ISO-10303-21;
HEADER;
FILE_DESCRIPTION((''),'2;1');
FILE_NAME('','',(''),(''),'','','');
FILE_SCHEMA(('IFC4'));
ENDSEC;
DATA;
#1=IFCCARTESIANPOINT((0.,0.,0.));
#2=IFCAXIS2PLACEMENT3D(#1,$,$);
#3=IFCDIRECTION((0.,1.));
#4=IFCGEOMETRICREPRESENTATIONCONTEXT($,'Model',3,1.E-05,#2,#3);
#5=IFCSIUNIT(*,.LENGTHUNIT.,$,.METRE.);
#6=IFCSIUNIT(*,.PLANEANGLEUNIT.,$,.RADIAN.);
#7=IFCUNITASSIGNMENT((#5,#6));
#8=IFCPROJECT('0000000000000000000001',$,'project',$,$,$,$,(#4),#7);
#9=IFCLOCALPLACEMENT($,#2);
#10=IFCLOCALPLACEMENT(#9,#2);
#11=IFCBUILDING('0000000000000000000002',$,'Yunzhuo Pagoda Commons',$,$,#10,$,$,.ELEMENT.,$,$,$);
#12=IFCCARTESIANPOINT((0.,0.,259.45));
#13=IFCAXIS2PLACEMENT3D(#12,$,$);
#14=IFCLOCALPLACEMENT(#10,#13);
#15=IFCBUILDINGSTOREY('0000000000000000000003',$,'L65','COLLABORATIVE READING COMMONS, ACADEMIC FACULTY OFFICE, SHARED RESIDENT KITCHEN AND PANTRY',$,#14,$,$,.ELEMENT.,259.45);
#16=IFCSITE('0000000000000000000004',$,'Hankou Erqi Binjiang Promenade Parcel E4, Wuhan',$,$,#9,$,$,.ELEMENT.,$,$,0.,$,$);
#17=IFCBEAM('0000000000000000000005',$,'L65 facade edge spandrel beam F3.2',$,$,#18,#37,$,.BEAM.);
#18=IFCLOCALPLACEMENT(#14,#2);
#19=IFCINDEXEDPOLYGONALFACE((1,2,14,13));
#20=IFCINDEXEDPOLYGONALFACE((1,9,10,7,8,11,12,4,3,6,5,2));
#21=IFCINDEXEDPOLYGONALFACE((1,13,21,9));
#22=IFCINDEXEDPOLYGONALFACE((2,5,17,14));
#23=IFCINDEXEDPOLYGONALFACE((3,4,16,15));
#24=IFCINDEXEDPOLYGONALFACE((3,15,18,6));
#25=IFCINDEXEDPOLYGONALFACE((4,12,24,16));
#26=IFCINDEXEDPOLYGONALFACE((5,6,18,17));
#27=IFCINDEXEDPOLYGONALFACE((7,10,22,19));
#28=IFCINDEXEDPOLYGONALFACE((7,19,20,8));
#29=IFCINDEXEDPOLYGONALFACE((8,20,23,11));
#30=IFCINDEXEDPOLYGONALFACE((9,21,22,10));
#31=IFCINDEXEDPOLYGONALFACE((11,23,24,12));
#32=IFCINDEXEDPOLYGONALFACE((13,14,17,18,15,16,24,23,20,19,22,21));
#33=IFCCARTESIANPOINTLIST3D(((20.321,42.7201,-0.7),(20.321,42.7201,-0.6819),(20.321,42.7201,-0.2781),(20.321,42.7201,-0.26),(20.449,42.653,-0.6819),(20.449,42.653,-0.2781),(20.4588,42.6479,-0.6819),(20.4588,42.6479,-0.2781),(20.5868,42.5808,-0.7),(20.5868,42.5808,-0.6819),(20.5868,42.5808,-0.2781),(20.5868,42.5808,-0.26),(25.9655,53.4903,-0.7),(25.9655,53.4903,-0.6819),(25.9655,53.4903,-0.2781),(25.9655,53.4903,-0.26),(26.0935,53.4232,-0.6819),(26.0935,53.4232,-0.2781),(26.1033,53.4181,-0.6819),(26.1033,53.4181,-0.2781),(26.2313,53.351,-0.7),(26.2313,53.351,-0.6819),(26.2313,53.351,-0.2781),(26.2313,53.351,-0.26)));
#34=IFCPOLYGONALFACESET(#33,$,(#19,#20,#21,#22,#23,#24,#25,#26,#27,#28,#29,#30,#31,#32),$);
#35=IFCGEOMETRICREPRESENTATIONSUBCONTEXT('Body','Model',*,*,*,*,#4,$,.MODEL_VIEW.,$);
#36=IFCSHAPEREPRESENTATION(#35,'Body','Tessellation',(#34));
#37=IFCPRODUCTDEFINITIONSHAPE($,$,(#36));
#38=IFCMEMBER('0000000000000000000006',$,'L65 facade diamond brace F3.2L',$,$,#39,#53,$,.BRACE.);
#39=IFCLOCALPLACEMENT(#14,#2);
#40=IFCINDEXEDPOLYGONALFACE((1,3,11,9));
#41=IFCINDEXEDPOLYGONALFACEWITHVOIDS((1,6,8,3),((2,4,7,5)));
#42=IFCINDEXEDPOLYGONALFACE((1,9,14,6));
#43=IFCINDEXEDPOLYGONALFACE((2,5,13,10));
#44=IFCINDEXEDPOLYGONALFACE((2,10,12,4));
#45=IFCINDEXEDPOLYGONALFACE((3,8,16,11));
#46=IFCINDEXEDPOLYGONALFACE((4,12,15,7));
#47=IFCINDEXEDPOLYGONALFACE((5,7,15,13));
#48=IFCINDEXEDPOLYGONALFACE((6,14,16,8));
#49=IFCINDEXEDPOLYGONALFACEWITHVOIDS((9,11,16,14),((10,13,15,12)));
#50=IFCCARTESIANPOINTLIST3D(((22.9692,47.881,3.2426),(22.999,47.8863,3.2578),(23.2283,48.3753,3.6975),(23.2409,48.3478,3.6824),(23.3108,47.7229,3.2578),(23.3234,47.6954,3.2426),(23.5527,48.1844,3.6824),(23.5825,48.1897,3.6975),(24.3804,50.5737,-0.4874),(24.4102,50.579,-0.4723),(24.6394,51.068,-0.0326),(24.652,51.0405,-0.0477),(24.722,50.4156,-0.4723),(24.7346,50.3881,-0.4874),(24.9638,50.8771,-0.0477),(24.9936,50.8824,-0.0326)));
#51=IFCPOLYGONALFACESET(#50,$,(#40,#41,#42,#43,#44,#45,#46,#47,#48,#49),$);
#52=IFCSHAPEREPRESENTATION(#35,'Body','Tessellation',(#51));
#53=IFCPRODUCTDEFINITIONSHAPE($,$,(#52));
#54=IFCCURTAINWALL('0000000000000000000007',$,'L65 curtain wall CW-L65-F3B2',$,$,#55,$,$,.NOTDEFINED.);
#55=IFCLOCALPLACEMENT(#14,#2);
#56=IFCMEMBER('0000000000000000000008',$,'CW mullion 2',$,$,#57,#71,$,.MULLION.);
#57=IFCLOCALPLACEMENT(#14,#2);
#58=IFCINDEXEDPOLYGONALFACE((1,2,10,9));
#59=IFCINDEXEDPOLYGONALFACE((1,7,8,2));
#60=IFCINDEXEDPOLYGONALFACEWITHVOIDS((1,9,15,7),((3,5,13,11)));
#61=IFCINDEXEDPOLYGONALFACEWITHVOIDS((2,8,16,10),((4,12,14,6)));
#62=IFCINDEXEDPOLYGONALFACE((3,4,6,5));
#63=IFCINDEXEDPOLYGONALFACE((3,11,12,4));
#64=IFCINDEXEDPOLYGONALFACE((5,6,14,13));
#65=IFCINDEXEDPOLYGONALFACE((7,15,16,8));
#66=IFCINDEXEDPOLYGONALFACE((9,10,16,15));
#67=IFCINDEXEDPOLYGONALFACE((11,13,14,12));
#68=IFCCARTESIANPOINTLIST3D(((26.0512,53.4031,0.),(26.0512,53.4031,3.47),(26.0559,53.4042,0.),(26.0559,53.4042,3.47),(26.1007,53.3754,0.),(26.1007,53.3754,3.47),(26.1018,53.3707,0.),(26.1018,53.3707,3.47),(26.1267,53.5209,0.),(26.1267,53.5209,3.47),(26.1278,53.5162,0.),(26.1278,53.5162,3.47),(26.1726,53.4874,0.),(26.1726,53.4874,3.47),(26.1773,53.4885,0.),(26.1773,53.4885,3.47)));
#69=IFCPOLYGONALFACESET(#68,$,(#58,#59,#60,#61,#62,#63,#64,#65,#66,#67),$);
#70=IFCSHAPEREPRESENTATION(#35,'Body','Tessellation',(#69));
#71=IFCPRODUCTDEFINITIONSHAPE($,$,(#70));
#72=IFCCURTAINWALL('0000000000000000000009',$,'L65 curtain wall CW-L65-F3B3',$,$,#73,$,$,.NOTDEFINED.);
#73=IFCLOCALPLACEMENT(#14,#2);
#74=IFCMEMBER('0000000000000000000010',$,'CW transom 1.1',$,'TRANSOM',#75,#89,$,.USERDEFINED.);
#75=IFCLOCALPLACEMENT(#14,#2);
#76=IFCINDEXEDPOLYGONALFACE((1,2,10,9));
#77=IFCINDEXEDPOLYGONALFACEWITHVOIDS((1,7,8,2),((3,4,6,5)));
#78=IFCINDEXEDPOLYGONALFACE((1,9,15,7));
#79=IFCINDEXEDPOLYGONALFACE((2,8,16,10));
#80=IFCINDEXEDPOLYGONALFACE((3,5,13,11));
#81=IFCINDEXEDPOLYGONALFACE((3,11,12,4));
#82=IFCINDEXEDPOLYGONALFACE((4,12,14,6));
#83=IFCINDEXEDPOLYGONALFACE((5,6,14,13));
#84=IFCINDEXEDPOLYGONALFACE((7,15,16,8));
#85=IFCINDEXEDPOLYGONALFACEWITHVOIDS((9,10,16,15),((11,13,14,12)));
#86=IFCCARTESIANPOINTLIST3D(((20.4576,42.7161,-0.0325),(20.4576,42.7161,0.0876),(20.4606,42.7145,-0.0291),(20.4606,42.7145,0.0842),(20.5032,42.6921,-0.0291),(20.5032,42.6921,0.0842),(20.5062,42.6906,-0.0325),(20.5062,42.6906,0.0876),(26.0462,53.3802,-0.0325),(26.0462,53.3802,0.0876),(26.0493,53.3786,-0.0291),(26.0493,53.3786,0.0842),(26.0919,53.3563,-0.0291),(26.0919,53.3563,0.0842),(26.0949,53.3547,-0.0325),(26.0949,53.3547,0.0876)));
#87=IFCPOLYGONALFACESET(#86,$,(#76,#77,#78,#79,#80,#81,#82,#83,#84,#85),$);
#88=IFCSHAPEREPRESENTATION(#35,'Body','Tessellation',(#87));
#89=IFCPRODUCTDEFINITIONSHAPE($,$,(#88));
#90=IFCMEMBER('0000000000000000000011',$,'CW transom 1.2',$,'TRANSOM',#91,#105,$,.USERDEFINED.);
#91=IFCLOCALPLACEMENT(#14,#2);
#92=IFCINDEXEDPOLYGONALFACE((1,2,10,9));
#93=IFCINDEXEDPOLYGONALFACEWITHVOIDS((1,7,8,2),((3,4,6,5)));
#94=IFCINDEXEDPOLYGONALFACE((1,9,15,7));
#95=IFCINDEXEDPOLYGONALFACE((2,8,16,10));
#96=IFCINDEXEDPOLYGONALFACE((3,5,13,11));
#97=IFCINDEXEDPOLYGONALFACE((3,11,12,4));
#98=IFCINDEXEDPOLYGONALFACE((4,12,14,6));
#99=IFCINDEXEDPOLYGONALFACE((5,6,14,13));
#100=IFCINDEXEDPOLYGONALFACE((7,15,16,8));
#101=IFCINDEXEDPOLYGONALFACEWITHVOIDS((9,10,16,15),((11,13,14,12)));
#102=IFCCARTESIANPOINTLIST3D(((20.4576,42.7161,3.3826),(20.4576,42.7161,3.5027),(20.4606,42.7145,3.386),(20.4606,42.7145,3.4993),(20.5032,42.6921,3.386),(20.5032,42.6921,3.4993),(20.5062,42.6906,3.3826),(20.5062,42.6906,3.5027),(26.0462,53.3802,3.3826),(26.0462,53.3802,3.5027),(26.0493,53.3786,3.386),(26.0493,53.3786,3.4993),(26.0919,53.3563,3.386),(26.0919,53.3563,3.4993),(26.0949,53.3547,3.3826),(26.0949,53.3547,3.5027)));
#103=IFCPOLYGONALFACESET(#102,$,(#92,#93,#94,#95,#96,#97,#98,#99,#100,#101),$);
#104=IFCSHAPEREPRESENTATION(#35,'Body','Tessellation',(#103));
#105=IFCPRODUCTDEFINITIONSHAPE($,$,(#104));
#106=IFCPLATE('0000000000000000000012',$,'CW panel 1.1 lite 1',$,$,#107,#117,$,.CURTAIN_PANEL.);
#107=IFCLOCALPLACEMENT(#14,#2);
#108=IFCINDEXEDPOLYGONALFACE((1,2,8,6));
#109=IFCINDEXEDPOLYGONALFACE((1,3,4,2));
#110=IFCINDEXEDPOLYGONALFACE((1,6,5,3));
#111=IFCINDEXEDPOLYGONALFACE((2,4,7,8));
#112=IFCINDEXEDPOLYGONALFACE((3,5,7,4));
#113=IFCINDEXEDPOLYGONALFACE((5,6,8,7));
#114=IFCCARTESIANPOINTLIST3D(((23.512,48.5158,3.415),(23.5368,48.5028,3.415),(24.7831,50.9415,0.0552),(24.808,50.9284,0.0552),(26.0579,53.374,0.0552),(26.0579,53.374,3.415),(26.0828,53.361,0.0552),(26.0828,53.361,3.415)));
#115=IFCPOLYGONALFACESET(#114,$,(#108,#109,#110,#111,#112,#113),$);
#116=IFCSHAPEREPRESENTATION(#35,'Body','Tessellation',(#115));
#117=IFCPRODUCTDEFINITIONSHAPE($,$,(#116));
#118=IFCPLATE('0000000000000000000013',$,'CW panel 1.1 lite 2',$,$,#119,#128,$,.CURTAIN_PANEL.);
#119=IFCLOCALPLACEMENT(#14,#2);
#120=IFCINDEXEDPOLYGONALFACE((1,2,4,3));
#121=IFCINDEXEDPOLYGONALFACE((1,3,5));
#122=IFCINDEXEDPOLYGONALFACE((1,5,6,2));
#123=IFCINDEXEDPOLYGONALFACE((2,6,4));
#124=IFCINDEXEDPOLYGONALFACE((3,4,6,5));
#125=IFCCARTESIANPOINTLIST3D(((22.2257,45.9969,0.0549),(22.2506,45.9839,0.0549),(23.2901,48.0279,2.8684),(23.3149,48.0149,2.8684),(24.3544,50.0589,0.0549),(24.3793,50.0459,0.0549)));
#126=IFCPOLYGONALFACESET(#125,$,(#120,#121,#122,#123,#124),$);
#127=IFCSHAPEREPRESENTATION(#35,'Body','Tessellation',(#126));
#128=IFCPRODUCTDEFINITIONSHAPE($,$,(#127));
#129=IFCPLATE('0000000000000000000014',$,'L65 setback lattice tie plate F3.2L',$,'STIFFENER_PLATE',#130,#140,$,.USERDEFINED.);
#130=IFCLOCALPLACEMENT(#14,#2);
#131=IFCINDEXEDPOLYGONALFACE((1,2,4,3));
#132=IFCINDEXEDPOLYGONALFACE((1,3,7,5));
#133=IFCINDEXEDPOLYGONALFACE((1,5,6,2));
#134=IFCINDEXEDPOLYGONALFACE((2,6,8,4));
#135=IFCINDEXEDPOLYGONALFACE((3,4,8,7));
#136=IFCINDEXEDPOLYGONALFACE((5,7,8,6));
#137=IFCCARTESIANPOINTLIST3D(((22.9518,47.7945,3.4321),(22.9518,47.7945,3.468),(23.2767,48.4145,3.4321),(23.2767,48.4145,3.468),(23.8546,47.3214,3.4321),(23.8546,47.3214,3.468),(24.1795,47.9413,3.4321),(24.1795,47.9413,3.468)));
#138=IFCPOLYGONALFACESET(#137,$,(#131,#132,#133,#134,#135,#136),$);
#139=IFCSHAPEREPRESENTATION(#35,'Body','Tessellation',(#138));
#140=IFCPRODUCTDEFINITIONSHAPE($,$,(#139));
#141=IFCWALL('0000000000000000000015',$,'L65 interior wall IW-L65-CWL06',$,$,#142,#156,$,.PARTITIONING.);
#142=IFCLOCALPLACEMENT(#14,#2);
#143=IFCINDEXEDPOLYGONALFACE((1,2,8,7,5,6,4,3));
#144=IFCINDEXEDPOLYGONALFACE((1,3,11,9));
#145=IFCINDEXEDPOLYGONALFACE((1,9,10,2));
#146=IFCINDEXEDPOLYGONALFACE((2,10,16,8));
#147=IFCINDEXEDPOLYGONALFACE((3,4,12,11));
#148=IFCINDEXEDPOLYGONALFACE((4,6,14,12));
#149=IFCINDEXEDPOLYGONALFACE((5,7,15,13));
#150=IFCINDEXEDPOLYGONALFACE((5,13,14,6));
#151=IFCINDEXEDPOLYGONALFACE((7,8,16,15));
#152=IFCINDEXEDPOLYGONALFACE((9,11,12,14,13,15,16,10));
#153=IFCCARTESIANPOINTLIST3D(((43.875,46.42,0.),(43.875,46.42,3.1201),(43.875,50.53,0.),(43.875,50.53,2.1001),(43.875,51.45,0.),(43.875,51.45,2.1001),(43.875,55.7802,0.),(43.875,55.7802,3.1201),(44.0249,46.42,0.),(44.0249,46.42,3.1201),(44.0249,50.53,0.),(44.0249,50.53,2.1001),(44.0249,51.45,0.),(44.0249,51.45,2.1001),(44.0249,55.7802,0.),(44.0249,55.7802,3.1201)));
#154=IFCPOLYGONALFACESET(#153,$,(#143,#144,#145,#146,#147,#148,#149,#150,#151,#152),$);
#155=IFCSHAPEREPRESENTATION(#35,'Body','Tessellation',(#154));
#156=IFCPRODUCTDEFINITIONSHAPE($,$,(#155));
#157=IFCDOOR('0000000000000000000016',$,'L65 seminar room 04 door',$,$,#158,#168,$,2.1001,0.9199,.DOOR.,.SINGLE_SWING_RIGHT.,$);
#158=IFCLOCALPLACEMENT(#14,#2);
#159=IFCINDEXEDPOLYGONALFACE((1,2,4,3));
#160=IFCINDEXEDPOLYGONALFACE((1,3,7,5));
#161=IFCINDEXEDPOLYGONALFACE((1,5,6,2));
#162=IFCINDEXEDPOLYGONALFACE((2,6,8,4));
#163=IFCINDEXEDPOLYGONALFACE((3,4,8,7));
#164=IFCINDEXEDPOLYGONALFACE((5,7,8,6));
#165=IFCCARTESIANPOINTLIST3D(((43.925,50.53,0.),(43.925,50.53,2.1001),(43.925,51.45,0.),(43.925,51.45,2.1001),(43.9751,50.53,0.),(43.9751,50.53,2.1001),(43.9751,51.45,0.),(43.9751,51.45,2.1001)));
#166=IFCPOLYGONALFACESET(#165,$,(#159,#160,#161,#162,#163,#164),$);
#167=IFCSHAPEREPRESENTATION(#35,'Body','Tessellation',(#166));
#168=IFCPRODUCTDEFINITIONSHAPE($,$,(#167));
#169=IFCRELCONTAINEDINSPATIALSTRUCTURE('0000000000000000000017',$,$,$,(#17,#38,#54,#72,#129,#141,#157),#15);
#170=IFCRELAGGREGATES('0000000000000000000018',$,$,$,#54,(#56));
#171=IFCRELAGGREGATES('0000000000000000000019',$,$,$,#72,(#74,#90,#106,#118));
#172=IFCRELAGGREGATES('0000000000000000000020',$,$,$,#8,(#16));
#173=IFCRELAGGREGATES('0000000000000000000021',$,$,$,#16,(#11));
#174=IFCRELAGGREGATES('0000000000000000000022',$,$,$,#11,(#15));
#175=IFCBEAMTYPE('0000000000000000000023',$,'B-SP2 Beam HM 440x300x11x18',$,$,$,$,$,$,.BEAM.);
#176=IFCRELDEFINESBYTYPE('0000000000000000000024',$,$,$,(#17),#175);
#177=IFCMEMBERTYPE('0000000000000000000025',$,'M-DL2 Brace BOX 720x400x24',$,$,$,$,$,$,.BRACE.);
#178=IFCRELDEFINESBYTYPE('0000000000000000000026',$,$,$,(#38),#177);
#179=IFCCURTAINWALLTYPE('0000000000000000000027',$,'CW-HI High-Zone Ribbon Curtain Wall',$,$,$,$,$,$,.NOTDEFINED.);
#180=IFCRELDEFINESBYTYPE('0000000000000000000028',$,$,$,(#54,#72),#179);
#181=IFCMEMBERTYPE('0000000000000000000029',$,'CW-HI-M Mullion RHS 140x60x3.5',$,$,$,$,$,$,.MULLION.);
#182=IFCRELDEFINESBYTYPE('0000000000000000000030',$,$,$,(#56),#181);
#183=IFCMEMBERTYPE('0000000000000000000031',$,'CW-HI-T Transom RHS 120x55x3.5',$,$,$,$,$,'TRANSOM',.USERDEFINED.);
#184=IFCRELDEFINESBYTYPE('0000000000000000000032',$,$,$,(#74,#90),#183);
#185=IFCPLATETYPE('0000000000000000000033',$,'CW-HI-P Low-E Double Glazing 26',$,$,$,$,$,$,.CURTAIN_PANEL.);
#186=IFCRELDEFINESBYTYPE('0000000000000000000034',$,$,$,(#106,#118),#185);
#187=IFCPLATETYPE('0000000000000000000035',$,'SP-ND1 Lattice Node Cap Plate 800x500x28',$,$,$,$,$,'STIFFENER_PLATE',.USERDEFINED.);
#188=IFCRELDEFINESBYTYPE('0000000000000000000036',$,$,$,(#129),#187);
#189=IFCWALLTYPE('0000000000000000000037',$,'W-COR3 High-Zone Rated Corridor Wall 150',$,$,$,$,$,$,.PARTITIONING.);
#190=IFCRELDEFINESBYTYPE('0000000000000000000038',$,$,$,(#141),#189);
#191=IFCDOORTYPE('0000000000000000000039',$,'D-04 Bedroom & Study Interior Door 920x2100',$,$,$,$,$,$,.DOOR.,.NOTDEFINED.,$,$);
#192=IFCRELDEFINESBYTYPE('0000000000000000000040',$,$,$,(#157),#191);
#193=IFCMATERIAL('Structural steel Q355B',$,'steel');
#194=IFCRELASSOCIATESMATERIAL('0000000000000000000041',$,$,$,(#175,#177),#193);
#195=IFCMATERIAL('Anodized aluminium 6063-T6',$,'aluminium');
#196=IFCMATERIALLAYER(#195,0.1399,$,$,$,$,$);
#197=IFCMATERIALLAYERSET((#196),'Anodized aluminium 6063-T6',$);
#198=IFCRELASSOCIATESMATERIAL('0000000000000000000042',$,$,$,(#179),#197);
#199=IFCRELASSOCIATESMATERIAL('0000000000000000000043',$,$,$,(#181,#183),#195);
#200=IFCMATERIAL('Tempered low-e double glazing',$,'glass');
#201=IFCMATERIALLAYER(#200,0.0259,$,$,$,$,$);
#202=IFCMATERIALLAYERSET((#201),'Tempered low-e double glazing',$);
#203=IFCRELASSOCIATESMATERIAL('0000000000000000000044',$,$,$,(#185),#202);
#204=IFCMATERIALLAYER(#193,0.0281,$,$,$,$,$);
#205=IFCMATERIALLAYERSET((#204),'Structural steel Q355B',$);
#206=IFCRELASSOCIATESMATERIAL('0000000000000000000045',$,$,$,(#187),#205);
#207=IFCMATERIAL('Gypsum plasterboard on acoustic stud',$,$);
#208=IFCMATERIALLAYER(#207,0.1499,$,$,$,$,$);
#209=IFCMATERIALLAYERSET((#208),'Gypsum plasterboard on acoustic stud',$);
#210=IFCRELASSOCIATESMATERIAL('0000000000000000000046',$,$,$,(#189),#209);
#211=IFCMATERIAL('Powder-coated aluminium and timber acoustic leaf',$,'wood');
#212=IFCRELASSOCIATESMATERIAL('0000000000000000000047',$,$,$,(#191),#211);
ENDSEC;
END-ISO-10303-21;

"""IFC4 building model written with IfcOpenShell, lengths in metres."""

from ifc_helpers import new_model, si_unit, direction, frame, frame_2d, origin, origin_with_axes, origin_2d, place, context, subcontext, project, spatial, polyline, rectangle, hollow_rectangle, i_section, outline, extrude, source, transform, mapped, material, layer, layer_set, material_profile, profile_set, type_object, element, fill, aggregate, save


model = new_model("IFC4")

# Units and contexts
model_context = context("Model", 3, precision=1e-05, world=origin(), true_north=direction((0.0, 1.0)))
body_context = subcontext(model_context, "Body", "Model", "MODEL_VIEW")
ifc_project = project(units=[si_unit("LENGTHUNIT", "METRE"), si_unit("PLANEANGLEUNIT", "RADIAN")], contexts=[model_context])

# Site, building, storey
site_placement = place(None, origin())
site = spatial("IfcSite", under=ifc_project, at=site_placement, Name="Hankou Erqi Binjiang Promenade Parcel E4, Wuhan", CompositionType="ELEMENT", RefElevation=0.0)
building_placement = place(site_placement, origin())
building = spatial("IfcBuilding", under=site, at=building_placement, Name="Yunzhuo Pagoda Commons", CompositionType="ELEMENT")
storey_placement = place(building_placement, frame((0.0, 0.0, 259.45)))
storey = spatial("IfcBuildingStorey", under=building, at=storey_placement, Name="L65", Description="COLLABORATIVE READING COMMONS, ACADEMIC FACULTY OFFICE, SHARED RESIDENT KITCHEN AND PANTRY", CompositionType="ELEMENT", Elevation=259.45)

# Shared definitions
ifc_material_1 = material(Name="Structural steel Q355B", Category="steel")

# Beam
ifc_material_profile_1 = material_profile(ifc_material_1, i_section(OverallWidth=0.3, OverallDepth=0.4399, WebThickness=0.011, FlangeThickness=0.0181, at=origin_2d()), Name="Structural steel Q355B")
ifc_profile_set_1 = profile_set([ifc_material_profile_1], Name="Structural steel Q355B")
beam_type_1 = type_object("IfcBeamType", Name="B-SP2 Beam HM 440x300x11x18", PredefinedType="BEAM", material=ifc_profile_set_1)
shared_shape_1 = source(origin(), body_context, "Body", "SweptSolid", [
    extrude(i_section(OverallWidth=0.3, OverallDepth=0.4399, WebThickness=0.011, FlangeThickness=0.0181, at=origin_2d()), origin(), (0.0, 0.0, 1.0), 12.1597),
])
beam_1_placement = place(storey_placement, frame((26.0984, 53.4207, -0.48), z_axis=(-0.464198, -0.885731, 0.0), x_axis=(0.885731, -0.464198, 0.0)))
element("IfcBeam", 1, at=beam_1_placement, inside=storey, type_object=beam_type_1, Name="L65 facade edge spandrel beam F3.2", PredefinedType="BEAM", context=body_context, shape_type="MappedRepresentation", body=[
    mapped(shared_shape_1, transform((0.0, 0.0, 0.0), scale=1.0)),
])

# Member
ifc_material_profile_2 = material_profile(ifc_material_1, hollow_rectangle(XDim=0.3999, YDim=0.72, WallThickness=0.0239, at=origin_2d()), Name="Structural steel Q355B")
ifc_profile_set_2 = profile_set([ifc_material_profile_2], Name="Structural steel Q355B")
member_type_1 = type_object("IfcMemberType", Name="M-DL2 Brace BOX 720x400x24", PredefinedType="BRACE", material=ifc_profile_set_2)
shared_shape_2 = source(origin(), body_context, "Body", "SweptSolid", [
    extrude(hollow_rectangle(XDim=0.3999, YDim=0.72, WallThickness=0.0239, at=origin_2d()), origin(), (0.0, 0.0, 1.0), 4.812),
])
member_1_placement = place(storey_placement, frame((24.687, 50.728, -0.26), z_axis=(-0.29326, -0.559578, 0.775159), x_axis=(0.885736, -0.46419, 0.0)))
element("IfcMember", 2, at=member_1_placement, inside=storey, type_object=member_type_1, Name="L65 facade diamond brace F3.2L", PredefinedType="BRACE", context=body_context, shape_type="MappedRepresentation", body=[
    mapped(shared_shape_2, transform((0.0, 0.0, 0.0), scale=1.0)),
])

# Curtain wall, member
ifc_material_2 = material(Name="Anodized aluminium 6063-T6", Category="aluminium")
ifc_layer_1 = layer(ifc_material_2, 0.1399)
ifc_layer_set_1 = layer_set([ifc_layer_1], Name="Anodized aluminium 6063-T6")
curtain_wall_type = type_object("IfcCurtainWallType", Name="CW-HI High-Zone Ribbon Curtain Wall", PredefinedType="NOTDEFINED", material=ifc_layer_set_1)
curtain_wall_1_placement = place(storey_placement, origin())
curtain_wall_1 = element("IfcCurtainWall", 3, at=curtain_wall_1_placement, inside=storey, type_object=curtain_wall_type, Name="L65 curtain wall CW-L65-F3B2", PredefinedType="NOTDEFINED")
ifc_material_profile_3 = material_profile(ifc_material_2, hollow_rectangle(XDim=0.0601, YDim=0.1399, WallThickness=0.0034, at=origin_2d()), Name="Anodized aluminium 6063-T6")
ifc_profile_set_3 = profile_set([ifc_material_profile_3], Name="Anodized aluminium 6063-T6")
member_type_2 = type_object("IfcMemberType", Name="CW-HI-M Mullion RHS 140x60x3.5", PredefinedType="MULLION", material=ifc_profile_set_3)
shared_shape_3 = source(origin(), body_context, "Body", "SweptSolid", [
    extrude(hollow_rectangle(XDim=0.0601, YDim=0.1399, WallThickness=0.0034, at=origin_2d()), origin(), (0.0, 0.0, 1.0), 3.47),
])
member_2_placement = place(storey_placement, frame((26.1143, 53.4458, 0.0), z_axis=(0.0, 0.0, 1.0), x_axis=(0.84175, -0.539867, 0.0)))
member_2 = element("IfcMember", 4, at=member_2_placement, type_object=member_type_2, Name="CW mullion 2", PredefinedType="MULLION", context=body_context, shape_type="MappedRepresentation", body=[
    mapped(shared_shape_3, transform((0.0, 0.0, 0.0), scale=1.0)),
])
aggregate(curtain_wall_1, [member_2])

# Curtain wall, members, plates
curtain_wall_2_placement = place(storey_placement, origin())
curtain_wall_2 = element("IfcCurtainWall", 5, at=curtain_wall_2_placement, inside=storey, type_object=curtain_wall_type, Name="L65 curtain wall CW-L65-F3B3", PredefinedType="NOTDEFINED")
ifc_material_profile_4 = material_profile(ifc_material_2, hollow_rectangle(XDim=0.0549, YDim=0.1201, WallThickness=0.0034, at=origin_2d()), Name="Anodized aluminium 6063-T6")
ifc_profile_set_4 = profile_set([ifc_material_profile_4], Name="Anodized aluminium 6063-T6")
member_type_3 = type_object("IfcMemberType", Name="CW-HI-T Transom RHS 120x55x3.5", ElementType="TRANSOM", PredefinedType="USERDEFINED", material=ifc_profile_set_4)
shared_shape_4 = source(origin(), body_context, "Body", "SweptSolid", [
    extrude(hollow_rectangle(XDim=0.0549, YDim=0.1201, WallThickness=0.0034, at=origin_2d()), origin(), (0.0, 0.0, 1.0), 12.0398),
])
member_3_placement = place(storey_placement, frame((26.0706, 53.3674, 0.0276), z_axis=(-0.464182, -0.88574, 0.0), x_axis=(0.88574, -0.464182, 0.0)))
member_3 = element("IfcMember", 6, at=member_3_placement, type_object=member_type_3, Name="CW transom 1.1", ObjectType="TRANSOM", PredefinedType="USERDEFINED", context=body_context, shape_type="MappedRepresentation", body=[
    mapped(shared_shape_4, transform((0.0, 0.0, 0.0), scale=1.0)),
])
member_4_placement = place(storey_placement, frame((26.0706, 53.3674, 3.4426), z_axis=(-0.464182, -0.88574, 0.0), x_axis=(0.88574, -0.464182, 0.0)))
member_4 = element("IfcMember", 7, at=member_4_placement, type_object=member_type_3, Name="CW transom 1.2", ObjectType="TRANSOM", PredefinedType="USERDEFINED", context=body_context, shape_type="MappedRepresentation", body=[
    mapped(shared_shape_4, transform((0.0, 0.0, 0.0), scale=1.0)),
])
ifc_material_3 = material(Name="Tempered low-e double glazing", Category="glass")
ifc_layer_2 = layer(ifc_material_3, 0.0259)
ifc_layer_set_2 = layer_set([ifc_layer_2], Name="Tempered low-e double glazing")
plate_type_1 = type_object("IfcPlateType", Name="CW-HI-P Low-E Double Glazing 26", PredefinedType="CURTAIN_PANEL", material=ifc_layer_set_2)
plate_1_placement = place(storey_placement, frame((24.8098, 50.9319, 1.7351), z_axis=(-0.885743, 0.464176, 0.0), x_axis=(-0.464176, -0.885743, 0.0)))
plate_1 = element("IfcPlate", 8, at=plate_1_placement, type_object=plate_type_1, Name="CW panel 1.1 lite 1", PredefinedType="CURTAIN_PANEL", context=body_context, shape_type="SweptSolid", body=[
    extrude(outline(polyline([(-2.7424, -1.6799), (0.0039, -1.6799), (2.7424, 1.6799), (-2.7424, 1.6799), (-2.7424, -1.6799)])), origin(), (0.0, 0.0, 1.0), 0.0281),
])
plate_2_placement = place(storey_placement, frame((23.3149, 48.0149, 1.4617), z_axis=(-0.885743, 0.464176, 0.0), x_axis=(-0.464176, -0.885743, 0.0)))
plate_2 = element("IfcPlate", 9, at=plate_2_placement, type_object=plate_type_1, Name="CW panel 1.1 lite 2", PredefinedType="CURTAIN_PANEL", context=body_context, shape_type="SweptSolid", body=[
    extrude(outline(polyline([(-2.293, -1.4067), (2.293, -1.4067), (0.0, 1.4067), (-2.293, -1.4067)])), origin(), (0.0, 0.0, 1.0), 0.0281),
])
aggregate(curtain_wall_2, [member_3, member_4, plate_1, plate_2])

# Plate
ifc_layer_3 = layer(ifc_material_1, 0.0281)
ifc_layer_set_3 = layer_set([ifc_layer_3], Name="Structural steel Q355B")
plate_type_2 = type_object("IfcPlateType", Name="SP-ND1 Lattice Node Cap Plate 800x500x28", ElementType="STIFFENER_PLATE", PredefinedType="USERDEFINED", material=ifc_layer_set_3)
shared_shape_5 = source(origin(), body_context, "Body", "SweptSolid", [
    extrude(rectangle(XDim=0.7, YDim=1.0193, at=origin_2d()), origin(), (0.0, 0.0, 1.0), 0.0359),
])
plate_3_placement = place(storey_placement, frame((23.5657, 47.8679, 3.4321), z_axis=(0.0, 0.0, 1.0), x_axis=(-0.464177, -0.885742, 0.0)))
element("IfcPlate", 10, at=plate_3_placement, inside=storey, type_object=plate_type_2, Name="L65 setback lattice tie plate F3.2L", ObjectType="STIFFENER_PLATE", PredefinedType="USERDEFINED", context=body_context, shape_type="MappedRepresentation", body=[
    mapped(shared_shape_5, transform((0.0, 0.0, 0.0), scale=1.0)),
])

# Wall, opening, door
ifc_material_4 = material(Name="Gypsum plasterboard on acoustic stud")
ifc_layer_4 = layer(ifc_material_4, 0.1499)
ifc_layer_set_4 = layer_set([ifc_layer_4], Name="Gypsum plasterboard on acoustic stud")
wall_type_1 = type_object("IfcWallType", Name="W-COR3 High-Zone Rated Corridor Wall 150", PredefinedType="PARTITIONING", material=ifc_layer_set_4)
wall_1_placement = place(storey_placement, frame((43.95, 46.4199, 0.0), z_axis=(0.0, 0.0, 1.0), x_axis=(0.0, 1.0, 0.0)))
wall_1 = element("IfcWall", 11, at=wall_1_placement, inside=storey, type_object=wall_type_1, Name="L65 interior wall IW-L65-CWL06", PredefinedType="PARTITIONING", context=body_context, shape_type="SweptSolid", body=[
    extrude(rectangle(XDim=9.3601, YDim=0.1499, at=frame_2d((4.6802, 0.0))), origin(), (0.0, 0.0, 1.0), 3.1201),
])
opening_1_placement = place(wall_1_placement, frame((4.1101, 0.0, 0.0)))
opening_1 = element("IfcOpeningElement", 12, at=opening_1_placement, cuts=wall_1, PredefinedType="OPENING", context=body_context, shape_type="SweptSolid", body=[
    extrude(rectangle(XDim=0.9199, YDim=2.1001, at=frame_2d((0.46, 1.05))), frame((0.0, 0.085, 0.0), z_axis=(0.0, -1.0, 0.0), x_axis=(1.0, 0.0, 0.0)), (0.0, 0.0, 1.0), 0.1699),
])
ifc_material_5 = material(Name="Powder-coated aluminium and timber acoustic leaf", Category="wood")
door_type_1 = type_object("IfcDoorType", Name="D-04 Bedroom & Study Interior Door 920x2100", OperationType="NOTDEFINED", PredefinedType="DOOR", material=ifc_material_5)
shared_shape_6 = source(origin(), body_context, "Body", "SweptSolid", [
    extrude(rectangle(XDim=0.9199, YDim=2.1001, at=frame_2d((0.46, 1.05))), frame((0.0, 0.0249, 0.0), z_axis=(0.0, -1.0, 0.0), x_axis=(1.0, 0.0, 0.0)), (0.0, 0.0, 1.0), 0.05),
])
door_1_placement = place(opening_1_placement, origin_with_axes())
door_1 = element("IfcDoor", 13, at=door_1_placement, inside=storey, type_object=door_type_1, Name="L65 seminar room 04 door", OperationType="SINGLE_SWING_RIGHT", OverallHeight=2.1001, OverallWidth=0.9199, PredefinedType="DOOR", context=body_context, shape_type="MappedRepresentation", body=[
    mapped(shared_shape_6, transform((0.0, 0.0, 0.0), scale=1.0)),
])
fill(opening_1, door_1)

save(model, "model.ifc")
